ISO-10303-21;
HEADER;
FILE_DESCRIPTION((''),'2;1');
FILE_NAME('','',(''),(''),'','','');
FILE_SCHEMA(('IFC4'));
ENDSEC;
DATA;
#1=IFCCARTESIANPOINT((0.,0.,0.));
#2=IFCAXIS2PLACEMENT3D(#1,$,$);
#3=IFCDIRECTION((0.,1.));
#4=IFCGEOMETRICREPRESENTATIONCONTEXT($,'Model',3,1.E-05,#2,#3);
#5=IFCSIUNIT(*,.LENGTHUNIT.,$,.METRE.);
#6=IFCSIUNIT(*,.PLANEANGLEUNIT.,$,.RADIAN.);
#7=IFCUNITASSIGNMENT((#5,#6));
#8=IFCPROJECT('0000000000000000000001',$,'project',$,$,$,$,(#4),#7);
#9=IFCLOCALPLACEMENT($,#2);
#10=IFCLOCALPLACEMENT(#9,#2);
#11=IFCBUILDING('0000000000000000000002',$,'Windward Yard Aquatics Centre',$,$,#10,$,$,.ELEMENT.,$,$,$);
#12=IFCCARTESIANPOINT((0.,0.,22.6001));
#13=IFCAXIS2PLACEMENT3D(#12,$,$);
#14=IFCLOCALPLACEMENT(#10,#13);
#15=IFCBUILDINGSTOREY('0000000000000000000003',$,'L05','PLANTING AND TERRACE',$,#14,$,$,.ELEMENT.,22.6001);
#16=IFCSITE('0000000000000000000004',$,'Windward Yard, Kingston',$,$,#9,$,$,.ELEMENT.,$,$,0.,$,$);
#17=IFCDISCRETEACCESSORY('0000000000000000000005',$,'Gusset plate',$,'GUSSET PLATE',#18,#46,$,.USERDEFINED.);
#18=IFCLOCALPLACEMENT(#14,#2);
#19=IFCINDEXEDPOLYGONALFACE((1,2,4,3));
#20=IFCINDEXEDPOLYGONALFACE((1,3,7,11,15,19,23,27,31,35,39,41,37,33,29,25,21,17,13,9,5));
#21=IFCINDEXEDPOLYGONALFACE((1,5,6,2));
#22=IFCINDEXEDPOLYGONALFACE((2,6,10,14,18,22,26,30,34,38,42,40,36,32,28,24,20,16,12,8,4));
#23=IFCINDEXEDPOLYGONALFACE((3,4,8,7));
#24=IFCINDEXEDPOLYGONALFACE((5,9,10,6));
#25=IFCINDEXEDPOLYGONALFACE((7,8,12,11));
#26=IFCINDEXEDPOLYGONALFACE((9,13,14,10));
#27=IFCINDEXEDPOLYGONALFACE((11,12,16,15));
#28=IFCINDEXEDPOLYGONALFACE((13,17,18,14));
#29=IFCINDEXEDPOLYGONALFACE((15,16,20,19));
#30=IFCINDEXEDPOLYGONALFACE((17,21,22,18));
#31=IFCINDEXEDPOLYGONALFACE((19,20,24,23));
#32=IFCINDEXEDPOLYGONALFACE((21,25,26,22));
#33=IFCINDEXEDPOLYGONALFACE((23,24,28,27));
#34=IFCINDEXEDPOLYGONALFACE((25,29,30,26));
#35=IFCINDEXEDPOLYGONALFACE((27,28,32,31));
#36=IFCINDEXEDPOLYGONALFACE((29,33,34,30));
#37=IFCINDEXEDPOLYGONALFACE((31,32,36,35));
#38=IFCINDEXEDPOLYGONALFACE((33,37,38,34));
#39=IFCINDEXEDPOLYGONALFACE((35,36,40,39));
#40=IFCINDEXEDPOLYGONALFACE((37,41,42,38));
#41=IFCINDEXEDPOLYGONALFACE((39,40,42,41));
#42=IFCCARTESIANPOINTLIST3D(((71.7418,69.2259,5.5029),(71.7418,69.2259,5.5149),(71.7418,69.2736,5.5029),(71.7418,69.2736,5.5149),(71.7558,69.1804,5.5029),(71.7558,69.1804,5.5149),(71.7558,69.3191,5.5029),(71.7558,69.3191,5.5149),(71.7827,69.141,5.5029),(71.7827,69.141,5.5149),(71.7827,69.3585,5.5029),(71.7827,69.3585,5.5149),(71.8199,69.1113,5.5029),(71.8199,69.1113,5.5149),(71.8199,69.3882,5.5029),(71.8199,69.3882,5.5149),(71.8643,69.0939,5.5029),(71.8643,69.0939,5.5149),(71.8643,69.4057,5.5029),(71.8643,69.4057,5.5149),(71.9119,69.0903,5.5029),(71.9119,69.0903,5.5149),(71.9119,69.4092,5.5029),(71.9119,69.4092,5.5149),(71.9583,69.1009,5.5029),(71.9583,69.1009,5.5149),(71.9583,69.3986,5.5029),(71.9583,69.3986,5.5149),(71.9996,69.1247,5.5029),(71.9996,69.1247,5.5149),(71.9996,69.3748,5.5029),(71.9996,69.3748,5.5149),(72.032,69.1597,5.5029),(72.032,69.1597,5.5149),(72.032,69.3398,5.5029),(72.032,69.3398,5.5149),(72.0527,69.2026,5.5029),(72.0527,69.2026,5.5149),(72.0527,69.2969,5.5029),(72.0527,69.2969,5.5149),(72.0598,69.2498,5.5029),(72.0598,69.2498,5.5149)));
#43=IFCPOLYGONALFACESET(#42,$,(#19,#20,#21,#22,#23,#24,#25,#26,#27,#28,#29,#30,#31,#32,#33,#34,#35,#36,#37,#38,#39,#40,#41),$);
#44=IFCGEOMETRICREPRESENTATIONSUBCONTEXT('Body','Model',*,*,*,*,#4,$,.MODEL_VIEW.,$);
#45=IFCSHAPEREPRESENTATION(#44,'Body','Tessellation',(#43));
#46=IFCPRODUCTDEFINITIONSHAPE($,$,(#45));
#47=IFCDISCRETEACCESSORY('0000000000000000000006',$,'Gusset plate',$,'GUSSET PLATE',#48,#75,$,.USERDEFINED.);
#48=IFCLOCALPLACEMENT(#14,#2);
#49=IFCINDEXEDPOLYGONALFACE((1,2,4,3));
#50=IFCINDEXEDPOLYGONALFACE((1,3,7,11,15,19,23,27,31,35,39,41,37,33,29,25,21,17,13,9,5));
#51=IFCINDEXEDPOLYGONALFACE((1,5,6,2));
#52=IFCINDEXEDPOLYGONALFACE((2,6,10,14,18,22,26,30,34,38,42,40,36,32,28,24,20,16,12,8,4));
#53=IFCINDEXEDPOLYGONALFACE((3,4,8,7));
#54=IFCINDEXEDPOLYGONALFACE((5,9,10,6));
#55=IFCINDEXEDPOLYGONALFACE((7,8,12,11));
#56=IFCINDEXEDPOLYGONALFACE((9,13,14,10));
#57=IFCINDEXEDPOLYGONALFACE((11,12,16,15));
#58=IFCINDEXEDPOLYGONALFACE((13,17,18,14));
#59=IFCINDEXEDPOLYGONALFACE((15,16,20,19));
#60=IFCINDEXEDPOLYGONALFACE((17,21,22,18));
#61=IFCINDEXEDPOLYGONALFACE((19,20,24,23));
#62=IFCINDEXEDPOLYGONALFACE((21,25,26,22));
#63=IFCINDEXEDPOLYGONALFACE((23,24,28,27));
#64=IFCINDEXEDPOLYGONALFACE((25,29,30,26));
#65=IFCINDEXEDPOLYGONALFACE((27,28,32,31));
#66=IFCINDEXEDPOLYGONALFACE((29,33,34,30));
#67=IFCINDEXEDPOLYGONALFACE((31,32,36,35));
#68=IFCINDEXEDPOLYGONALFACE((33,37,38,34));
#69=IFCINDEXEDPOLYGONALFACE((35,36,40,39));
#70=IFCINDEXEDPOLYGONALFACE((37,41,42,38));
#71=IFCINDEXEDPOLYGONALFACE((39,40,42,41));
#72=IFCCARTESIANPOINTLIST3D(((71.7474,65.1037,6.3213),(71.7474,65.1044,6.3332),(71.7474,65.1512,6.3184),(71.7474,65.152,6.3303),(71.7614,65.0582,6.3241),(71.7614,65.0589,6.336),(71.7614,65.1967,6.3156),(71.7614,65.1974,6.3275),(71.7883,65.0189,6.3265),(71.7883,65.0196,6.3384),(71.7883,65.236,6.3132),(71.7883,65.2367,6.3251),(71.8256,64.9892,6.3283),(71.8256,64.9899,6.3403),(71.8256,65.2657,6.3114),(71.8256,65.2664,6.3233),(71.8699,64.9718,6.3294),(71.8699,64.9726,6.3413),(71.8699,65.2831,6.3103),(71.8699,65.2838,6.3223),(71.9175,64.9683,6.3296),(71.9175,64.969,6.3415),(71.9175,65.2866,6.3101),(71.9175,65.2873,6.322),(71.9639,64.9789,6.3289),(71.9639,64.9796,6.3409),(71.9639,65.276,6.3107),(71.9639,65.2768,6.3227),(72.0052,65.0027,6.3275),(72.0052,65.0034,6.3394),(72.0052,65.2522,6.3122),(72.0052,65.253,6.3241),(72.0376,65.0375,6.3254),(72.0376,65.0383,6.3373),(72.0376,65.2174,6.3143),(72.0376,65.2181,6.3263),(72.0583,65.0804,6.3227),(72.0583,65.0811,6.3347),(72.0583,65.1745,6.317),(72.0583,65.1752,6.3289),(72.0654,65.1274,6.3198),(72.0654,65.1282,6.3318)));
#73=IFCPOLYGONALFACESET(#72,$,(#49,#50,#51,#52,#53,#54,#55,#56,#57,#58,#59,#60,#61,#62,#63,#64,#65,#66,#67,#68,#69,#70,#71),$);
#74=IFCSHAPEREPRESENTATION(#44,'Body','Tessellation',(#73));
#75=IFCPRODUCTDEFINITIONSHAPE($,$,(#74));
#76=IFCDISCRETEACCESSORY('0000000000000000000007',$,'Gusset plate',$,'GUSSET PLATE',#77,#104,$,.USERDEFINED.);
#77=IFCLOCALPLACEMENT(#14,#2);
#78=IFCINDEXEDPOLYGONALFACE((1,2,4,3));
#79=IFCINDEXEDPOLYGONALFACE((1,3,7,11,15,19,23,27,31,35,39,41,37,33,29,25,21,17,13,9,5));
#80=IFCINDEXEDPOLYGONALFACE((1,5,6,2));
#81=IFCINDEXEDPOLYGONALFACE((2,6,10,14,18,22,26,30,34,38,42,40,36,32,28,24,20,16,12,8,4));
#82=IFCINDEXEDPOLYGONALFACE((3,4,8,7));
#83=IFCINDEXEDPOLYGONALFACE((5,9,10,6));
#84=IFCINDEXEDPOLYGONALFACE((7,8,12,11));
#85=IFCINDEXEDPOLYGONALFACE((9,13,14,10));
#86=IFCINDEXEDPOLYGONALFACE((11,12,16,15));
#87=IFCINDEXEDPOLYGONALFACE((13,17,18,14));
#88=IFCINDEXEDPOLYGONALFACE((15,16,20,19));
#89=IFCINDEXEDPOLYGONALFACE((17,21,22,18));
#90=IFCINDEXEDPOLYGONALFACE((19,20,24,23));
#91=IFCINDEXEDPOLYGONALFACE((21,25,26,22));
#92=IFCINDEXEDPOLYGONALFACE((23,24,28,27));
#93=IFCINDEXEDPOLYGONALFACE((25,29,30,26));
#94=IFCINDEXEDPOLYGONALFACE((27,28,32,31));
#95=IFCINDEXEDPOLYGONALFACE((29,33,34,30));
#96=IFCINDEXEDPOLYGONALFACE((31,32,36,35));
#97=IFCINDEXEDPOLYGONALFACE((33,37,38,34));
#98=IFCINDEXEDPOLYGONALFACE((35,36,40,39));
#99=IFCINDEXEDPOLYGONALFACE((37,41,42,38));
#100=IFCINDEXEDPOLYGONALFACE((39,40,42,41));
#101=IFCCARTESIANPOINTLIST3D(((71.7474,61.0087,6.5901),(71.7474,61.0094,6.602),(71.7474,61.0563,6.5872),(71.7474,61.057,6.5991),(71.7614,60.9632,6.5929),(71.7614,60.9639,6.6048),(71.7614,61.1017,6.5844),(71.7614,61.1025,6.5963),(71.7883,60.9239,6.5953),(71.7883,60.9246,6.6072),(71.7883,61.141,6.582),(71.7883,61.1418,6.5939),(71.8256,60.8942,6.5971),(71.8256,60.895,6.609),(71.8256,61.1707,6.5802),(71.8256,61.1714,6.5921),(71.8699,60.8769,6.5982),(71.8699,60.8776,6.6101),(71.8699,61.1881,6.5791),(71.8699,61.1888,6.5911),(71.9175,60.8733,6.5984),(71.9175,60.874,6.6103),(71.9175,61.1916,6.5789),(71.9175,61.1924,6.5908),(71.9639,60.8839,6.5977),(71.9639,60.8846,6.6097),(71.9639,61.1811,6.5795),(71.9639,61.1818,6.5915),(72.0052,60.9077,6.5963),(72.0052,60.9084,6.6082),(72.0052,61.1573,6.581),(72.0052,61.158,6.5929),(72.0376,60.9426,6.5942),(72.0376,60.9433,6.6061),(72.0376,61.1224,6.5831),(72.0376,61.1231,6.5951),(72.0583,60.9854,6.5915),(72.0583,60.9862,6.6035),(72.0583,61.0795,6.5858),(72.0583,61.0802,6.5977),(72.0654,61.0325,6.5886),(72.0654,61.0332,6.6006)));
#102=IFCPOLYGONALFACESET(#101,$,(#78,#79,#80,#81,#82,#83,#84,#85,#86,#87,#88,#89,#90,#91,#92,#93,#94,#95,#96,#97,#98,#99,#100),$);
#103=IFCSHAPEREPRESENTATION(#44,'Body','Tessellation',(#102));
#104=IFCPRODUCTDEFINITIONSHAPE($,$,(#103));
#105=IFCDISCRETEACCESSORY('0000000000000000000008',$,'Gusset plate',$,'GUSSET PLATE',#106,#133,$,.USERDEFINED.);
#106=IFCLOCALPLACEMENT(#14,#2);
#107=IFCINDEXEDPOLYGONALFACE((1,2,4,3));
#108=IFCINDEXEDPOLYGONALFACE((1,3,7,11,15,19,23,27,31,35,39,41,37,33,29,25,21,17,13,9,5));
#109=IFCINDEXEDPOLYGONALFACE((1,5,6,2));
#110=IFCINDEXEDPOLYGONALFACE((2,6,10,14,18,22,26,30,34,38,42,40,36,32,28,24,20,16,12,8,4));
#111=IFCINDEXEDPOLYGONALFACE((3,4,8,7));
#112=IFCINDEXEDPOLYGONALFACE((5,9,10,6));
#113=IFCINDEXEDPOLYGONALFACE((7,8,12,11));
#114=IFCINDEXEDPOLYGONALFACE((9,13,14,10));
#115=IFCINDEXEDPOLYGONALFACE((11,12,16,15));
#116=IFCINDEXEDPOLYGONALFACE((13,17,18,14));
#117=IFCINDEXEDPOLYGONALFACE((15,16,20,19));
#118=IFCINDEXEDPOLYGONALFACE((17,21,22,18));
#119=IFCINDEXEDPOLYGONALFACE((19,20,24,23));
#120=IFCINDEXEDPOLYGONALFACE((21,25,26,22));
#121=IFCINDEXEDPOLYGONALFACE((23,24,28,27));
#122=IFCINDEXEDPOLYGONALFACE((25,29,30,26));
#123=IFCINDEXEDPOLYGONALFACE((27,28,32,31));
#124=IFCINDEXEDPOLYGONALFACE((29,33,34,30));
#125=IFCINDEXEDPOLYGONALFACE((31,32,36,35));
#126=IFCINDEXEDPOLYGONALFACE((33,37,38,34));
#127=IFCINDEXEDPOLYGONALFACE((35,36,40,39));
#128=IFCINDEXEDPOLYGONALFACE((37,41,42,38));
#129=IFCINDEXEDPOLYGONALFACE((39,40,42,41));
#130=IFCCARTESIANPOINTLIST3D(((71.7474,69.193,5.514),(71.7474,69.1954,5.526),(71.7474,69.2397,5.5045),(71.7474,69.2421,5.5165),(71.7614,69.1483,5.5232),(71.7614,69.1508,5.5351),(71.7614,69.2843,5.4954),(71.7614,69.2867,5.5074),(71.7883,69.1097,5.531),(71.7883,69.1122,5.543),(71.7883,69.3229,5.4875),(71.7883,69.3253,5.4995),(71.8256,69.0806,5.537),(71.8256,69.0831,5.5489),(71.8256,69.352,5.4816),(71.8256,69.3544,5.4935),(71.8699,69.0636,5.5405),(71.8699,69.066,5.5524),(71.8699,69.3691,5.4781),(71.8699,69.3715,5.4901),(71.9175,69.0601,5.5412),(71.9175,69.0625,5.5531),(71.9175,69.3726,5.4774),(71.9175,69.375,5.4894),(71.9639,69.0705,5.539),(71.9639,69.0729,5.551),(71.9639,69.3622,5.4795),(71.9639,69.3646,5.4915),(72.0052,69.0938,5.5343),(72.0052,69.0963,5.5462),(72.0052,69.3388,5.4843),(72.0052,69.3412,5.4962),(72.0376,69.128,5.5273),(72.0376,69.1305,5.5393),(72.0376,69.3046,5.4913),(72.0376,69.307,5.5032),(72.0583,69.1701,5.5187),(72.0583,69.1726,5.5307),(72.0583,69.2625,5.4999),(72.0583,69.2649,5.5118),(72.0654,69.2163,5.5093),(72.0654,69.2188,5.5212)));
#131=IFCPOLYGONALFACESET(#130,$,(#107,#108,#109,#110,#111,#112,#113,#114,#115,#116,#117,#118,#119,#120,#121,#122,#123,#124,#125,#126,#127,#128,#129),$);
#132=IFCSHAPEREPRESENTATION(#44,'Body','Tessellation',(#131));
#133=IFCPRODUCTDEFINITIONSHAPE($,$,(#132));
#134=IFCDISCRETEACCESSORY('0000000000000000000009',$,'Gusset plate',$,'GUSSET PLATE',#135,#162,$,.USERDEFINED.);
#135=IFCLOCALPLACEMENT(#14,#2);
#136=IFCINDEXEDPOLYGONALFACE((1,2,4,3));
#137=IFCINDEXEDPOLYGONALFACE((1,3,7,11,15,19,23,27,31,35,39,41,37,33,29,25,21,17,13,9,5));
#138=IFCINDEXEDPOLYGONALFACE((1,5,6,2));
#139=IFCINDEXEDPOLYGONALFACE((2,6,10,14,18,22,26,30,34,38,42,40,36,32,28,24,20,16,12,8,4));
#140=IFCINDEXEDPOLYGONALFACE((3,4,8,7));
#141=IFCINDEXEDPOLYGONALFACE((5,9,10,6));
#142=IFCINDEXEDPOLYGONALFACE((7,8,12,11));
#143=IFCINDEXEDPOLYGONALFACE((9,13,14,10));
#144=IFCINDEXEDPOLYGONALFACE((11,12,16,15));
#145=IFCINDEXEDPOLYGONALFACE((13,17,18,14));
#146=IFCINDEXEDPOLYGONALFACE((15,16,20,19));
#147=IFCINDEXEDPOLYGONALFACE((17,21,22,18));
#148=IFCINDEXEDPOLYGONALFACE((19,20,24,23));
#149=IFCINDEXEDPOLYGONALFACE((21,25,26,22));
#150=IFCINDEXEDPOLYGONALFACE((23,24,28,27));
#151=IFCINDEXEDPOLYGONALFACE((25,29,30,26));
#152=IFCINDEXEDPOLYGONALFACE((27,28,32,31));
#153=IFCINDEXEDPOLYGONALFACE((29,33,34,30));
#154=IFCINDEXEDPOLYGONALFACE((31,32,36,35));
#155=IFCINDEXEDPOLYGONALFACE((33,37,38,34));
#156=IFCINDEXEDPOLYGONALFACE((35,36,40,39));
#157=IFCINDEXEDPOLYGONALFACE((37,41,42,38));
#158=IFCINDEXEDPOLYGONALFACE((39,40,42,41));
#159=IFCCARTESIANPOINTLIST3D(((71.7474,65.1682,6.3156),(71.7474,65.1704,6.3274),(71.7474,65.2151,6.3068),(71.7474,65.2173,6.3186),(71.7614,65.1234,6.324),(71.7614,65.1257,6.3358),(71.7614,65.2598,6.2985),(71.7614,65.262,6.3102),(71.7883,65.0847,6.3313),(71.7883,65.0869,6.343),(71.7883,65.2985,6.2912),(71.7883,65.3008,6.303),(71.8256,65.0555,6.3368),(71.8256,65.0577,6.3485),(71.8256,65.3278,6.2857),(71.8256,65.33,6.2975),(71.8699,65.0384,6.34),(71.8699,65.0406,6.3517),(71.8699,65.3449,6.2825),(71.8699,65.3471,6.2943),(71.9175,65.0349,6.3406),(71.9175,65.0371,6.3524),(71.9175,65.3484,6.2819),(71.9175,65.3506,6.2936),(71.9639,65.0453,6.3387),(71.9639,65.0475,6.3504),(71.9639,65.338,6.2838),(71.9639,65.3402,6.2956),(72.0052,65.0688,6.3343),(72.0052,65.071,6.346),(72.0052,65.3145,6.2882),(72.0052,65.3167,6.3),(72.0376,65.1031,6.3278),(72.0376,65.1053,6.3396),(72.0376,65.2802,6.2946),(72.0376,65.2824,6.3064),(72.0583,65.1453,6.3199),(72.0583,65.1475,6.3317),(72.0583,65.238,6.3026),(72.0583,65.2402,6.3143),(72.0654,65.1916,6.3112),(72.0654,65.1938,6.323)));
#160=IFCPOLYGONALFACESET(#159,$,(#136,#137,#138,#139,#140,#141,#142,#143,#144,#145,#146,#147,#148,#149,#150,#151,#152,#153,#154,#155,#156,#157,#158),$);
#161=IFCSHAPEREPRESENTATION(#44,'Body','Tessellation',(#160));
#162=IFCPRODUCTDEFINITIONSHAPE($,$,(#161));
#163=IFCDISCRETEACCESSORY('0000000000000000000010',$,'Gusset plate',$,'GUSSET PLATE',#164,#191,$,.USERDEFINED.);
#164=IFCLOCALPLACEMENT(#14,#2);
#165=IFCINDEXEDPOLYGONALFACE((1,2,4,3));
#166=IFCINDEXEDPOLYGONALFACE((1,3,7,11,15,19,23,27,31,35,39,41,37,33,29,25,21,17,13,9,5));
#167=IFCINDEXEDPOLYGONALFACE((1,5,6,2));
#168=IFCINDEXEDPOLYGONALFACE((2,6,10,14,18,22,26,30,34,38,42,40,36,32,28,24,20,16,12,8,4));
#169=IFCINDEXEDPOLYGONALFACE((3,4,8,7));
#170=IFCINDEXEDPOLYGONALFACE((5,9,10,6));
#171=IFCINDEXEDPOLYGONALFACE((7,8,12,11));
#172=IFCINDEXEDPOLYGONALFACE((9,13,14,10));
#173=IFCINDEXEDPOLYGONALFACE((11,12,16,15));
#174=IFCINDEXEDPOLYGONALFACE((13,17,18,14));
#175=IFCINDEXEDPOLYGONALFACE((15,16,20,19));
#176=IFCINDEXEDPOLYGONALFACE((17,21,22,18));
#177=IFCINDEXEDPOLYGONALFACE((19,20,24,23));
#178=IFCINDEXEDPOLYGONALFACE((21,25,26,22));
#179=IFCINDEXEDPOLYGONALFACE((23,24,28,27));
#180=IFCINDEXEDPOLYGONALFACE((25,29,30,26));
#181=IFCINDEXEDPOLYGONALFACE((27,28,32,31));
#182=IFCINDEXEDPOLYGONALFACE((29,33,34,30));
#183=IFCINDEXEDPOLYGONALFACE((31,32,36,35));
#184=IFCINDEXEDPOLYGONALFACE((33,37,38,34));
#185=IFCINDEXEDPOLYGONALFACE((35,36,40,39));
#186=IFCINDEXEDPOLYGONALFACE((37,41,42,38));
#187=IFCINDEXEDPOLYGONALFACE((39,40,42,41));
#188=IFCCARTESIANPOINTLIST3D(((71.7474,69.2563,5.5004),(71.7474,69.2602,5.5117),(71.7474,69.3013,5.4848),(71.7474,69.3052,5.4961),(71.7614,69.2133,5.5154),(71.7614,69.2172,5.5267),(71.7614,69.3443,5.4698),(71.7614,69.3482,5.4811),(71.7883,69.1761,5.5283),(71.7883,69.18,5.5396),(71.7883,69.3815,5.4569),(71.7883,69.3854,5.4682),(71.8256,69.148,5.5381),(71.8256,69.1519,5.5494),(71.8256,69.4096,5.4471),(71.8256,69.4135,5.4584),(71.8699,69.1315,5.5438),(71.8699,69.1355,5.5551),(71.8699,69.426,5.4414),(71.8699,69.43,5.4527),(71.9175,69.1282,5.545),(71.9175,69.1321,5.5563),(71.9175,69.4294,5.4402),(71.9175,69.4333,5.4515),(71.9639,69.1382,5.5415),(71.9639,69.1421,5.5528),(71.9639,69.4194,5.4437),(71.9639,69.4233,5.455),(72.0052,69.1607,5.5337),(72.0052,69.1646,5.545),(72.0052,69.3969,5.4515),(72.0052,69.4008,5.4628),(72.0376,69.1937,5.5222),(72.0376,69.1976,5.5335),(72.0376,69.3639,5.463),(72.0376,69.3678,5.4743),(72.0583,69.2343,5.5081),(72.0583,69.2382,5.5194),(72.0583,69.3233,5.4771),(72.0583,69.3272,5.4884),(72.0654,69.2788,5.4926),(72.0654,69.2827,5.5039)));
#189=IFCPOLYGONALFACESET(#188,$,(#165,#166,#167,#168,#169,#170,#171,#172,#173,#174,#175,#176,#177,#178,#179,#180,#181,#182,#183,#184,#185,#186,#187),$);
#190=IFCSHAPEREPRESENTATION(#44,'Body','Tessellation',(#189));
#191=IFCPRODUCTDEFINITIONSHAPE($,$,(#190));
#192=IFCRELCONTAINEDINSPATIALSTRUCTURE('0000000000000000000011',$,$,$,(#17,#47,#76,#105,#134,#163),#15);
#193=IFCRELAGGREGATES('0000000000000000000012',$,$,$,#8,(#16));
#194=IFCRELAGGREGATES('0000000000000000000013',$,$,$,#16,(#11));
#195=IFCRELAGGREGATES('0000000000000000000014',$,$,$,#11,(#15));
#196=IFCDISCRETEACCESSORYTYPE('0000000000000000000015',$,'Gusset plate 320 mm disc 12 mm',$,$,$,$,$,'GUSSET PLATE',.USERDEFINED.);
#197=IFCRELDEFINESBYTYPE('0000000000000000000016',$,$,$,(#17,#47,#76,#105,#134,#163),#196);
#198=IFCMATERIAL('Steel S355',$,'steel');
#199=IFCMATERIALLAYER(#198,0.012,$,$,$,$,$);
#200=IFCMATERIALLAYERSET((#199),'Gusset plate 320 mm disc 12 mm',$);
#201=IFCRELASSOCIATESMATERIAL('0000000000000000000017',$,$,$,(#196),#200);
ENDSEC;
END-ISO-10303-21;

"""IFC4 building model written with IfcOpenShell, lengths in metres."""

from ifc_helpers import new_model, si_unit, direction, frame, origin, origin_2d, place, context, subcontext, project, spatial, circle, extrude, material, layer, layer_set, type_object, element, save


model = new_model("IFC4")

# Units and contexts
model_context = context("Model", 3, precision=1e-05, world=origin(), true_north=direction((0.0, 1.0)))
body_context = subcontext(model_context, "Body", "Model", "MODEL_VIEW")
ifc_project = project(units=[si_unit("LENGTHUNIT", "METRE"), si_unit("PLANEANGLEUNIT", "RADIAN")], contexts=[model_context])

# Site, building, storey
site_placement = place(None, origin())
site = spatial("IfcSite", under=ifc_project, at=site_placement, Name="Windward Yard, Kingston", CompositionType="ELEMENT", RefElevation=0.0)
building_placement = place(site_placement, origin())
building = spatial("IfcBuilding", under=site, at=building_placement, Name="Windward Yard Aquatics Centre", CompositionType="ELEMENT")
storey_placement = place(building_placement, frame((0.0, 0.0, 22.6001)))
storey = spatial("IfcBuildingStorey", under=building, at=storey_placement, Name="L05", Description="PLANTING AND TERRACE", CompositionType="ELEMENT", Elevation=22.6001)

# Discrete accessories
ifc_material_1 = material(Name="Steel S355", Category="steel")
ifc_layer = layer(ifc_material_1, 0.012)
ifc_layer_set = layer_set([ifc_layer], Name="Gusset plate 320 mm disc 12 mm")
discrete_accessory_type = type_object("IfcDiscreteAccessoryType", Name="Gusset plate 320 mm disc 12 mm", ElementType="GUSSET PLATE", PredefinedType="USERDEFINED", material=ifc_layer_set)
for number, where, z_axis, x_axis, name in (
    (1, (71.8999, 69.2498, 5.5029), (0.0, 0.0, 1.0), (1.0, 0.0, 0.0), "Gusset plate"),
    (2, (71.9055, 65.1282, 6.3318), (0.0, -0.06111, -0.998131), (1.0, 0.0, 0.0), "Gusset plate"),
    (3, (71.9055, 61.0332, 6.6006), (0.0, -0.06111, -0.998131), (1.0, 0.0, 0.0), "Gusset plate"),
):
    element("IfcDiscreteAccessory", number, at=place(storey_placement, frame(where, z_axis=z_axis, x_axis=x_axis)), inside=storey, type_object=discrete_accessory_type, Name=name, ObjectType="GUSSET PLATE", PredefinedType="USERDEFINED", context=body_context, shape_type="SweptSolid", body=[
        extrude(circle(Radius=0.1599, at=origin_2d()), origin(), (0.0, 0.0, 1.0), 0.012),
    ])
discrete_accessory_placement = place(storey_placement, frame((71.9055, 69.2188, 5.5212), z_axis=(0.0, -0.19996, -0.979804), x_axis=(1.0, 0.0, 0.0)))
element("IfcDiscreteAccessory", 4, at=discrete_accessory_placement, inside=storey, type_object=discrete_accessory_type, Name="Gusset plate", ObjectType="GUSSET PLATE", PredefinedType="USERDEFINED", context=body_context, shape_type="SweptSolid", body=[
    extrude(circle(Radius=0.1599, at=origin_2d()), origin(), (0.0, 0.0, 1.0), 0.0122),
])
for number, where, z_axis, x_axis, name in (
    (5, (71.9055, 65.1938, 6.323), (0.0, -0.184289, -0.982872), (1.0, 0.0, 0.0), "Gusset plate"),
    (6, (71.9055, 69.2827, 5.5039), (0.0, -0.328521, -0.944497), (1.0, 0.0, 0.0), "Gusset plate"),
):
    element("IfcDiscreteAccessory", number, at=place(storey_placement, frame(where, z_axis=z_axis, x_axis=x_axis)), inside=storey, type_object=discrete_accessory_type, Name=name, ObjectType="GUSSET PLATE", PredefinedType="USERDEFINED", context=body_context, shape_type="SweptSolid", body=[
        extrude(circle(Radius=0.1599, at=origin_2d()), origin(), (0.0, 0.0, 1.0), 0.012),
    ])

save(model, "model.ifc")
